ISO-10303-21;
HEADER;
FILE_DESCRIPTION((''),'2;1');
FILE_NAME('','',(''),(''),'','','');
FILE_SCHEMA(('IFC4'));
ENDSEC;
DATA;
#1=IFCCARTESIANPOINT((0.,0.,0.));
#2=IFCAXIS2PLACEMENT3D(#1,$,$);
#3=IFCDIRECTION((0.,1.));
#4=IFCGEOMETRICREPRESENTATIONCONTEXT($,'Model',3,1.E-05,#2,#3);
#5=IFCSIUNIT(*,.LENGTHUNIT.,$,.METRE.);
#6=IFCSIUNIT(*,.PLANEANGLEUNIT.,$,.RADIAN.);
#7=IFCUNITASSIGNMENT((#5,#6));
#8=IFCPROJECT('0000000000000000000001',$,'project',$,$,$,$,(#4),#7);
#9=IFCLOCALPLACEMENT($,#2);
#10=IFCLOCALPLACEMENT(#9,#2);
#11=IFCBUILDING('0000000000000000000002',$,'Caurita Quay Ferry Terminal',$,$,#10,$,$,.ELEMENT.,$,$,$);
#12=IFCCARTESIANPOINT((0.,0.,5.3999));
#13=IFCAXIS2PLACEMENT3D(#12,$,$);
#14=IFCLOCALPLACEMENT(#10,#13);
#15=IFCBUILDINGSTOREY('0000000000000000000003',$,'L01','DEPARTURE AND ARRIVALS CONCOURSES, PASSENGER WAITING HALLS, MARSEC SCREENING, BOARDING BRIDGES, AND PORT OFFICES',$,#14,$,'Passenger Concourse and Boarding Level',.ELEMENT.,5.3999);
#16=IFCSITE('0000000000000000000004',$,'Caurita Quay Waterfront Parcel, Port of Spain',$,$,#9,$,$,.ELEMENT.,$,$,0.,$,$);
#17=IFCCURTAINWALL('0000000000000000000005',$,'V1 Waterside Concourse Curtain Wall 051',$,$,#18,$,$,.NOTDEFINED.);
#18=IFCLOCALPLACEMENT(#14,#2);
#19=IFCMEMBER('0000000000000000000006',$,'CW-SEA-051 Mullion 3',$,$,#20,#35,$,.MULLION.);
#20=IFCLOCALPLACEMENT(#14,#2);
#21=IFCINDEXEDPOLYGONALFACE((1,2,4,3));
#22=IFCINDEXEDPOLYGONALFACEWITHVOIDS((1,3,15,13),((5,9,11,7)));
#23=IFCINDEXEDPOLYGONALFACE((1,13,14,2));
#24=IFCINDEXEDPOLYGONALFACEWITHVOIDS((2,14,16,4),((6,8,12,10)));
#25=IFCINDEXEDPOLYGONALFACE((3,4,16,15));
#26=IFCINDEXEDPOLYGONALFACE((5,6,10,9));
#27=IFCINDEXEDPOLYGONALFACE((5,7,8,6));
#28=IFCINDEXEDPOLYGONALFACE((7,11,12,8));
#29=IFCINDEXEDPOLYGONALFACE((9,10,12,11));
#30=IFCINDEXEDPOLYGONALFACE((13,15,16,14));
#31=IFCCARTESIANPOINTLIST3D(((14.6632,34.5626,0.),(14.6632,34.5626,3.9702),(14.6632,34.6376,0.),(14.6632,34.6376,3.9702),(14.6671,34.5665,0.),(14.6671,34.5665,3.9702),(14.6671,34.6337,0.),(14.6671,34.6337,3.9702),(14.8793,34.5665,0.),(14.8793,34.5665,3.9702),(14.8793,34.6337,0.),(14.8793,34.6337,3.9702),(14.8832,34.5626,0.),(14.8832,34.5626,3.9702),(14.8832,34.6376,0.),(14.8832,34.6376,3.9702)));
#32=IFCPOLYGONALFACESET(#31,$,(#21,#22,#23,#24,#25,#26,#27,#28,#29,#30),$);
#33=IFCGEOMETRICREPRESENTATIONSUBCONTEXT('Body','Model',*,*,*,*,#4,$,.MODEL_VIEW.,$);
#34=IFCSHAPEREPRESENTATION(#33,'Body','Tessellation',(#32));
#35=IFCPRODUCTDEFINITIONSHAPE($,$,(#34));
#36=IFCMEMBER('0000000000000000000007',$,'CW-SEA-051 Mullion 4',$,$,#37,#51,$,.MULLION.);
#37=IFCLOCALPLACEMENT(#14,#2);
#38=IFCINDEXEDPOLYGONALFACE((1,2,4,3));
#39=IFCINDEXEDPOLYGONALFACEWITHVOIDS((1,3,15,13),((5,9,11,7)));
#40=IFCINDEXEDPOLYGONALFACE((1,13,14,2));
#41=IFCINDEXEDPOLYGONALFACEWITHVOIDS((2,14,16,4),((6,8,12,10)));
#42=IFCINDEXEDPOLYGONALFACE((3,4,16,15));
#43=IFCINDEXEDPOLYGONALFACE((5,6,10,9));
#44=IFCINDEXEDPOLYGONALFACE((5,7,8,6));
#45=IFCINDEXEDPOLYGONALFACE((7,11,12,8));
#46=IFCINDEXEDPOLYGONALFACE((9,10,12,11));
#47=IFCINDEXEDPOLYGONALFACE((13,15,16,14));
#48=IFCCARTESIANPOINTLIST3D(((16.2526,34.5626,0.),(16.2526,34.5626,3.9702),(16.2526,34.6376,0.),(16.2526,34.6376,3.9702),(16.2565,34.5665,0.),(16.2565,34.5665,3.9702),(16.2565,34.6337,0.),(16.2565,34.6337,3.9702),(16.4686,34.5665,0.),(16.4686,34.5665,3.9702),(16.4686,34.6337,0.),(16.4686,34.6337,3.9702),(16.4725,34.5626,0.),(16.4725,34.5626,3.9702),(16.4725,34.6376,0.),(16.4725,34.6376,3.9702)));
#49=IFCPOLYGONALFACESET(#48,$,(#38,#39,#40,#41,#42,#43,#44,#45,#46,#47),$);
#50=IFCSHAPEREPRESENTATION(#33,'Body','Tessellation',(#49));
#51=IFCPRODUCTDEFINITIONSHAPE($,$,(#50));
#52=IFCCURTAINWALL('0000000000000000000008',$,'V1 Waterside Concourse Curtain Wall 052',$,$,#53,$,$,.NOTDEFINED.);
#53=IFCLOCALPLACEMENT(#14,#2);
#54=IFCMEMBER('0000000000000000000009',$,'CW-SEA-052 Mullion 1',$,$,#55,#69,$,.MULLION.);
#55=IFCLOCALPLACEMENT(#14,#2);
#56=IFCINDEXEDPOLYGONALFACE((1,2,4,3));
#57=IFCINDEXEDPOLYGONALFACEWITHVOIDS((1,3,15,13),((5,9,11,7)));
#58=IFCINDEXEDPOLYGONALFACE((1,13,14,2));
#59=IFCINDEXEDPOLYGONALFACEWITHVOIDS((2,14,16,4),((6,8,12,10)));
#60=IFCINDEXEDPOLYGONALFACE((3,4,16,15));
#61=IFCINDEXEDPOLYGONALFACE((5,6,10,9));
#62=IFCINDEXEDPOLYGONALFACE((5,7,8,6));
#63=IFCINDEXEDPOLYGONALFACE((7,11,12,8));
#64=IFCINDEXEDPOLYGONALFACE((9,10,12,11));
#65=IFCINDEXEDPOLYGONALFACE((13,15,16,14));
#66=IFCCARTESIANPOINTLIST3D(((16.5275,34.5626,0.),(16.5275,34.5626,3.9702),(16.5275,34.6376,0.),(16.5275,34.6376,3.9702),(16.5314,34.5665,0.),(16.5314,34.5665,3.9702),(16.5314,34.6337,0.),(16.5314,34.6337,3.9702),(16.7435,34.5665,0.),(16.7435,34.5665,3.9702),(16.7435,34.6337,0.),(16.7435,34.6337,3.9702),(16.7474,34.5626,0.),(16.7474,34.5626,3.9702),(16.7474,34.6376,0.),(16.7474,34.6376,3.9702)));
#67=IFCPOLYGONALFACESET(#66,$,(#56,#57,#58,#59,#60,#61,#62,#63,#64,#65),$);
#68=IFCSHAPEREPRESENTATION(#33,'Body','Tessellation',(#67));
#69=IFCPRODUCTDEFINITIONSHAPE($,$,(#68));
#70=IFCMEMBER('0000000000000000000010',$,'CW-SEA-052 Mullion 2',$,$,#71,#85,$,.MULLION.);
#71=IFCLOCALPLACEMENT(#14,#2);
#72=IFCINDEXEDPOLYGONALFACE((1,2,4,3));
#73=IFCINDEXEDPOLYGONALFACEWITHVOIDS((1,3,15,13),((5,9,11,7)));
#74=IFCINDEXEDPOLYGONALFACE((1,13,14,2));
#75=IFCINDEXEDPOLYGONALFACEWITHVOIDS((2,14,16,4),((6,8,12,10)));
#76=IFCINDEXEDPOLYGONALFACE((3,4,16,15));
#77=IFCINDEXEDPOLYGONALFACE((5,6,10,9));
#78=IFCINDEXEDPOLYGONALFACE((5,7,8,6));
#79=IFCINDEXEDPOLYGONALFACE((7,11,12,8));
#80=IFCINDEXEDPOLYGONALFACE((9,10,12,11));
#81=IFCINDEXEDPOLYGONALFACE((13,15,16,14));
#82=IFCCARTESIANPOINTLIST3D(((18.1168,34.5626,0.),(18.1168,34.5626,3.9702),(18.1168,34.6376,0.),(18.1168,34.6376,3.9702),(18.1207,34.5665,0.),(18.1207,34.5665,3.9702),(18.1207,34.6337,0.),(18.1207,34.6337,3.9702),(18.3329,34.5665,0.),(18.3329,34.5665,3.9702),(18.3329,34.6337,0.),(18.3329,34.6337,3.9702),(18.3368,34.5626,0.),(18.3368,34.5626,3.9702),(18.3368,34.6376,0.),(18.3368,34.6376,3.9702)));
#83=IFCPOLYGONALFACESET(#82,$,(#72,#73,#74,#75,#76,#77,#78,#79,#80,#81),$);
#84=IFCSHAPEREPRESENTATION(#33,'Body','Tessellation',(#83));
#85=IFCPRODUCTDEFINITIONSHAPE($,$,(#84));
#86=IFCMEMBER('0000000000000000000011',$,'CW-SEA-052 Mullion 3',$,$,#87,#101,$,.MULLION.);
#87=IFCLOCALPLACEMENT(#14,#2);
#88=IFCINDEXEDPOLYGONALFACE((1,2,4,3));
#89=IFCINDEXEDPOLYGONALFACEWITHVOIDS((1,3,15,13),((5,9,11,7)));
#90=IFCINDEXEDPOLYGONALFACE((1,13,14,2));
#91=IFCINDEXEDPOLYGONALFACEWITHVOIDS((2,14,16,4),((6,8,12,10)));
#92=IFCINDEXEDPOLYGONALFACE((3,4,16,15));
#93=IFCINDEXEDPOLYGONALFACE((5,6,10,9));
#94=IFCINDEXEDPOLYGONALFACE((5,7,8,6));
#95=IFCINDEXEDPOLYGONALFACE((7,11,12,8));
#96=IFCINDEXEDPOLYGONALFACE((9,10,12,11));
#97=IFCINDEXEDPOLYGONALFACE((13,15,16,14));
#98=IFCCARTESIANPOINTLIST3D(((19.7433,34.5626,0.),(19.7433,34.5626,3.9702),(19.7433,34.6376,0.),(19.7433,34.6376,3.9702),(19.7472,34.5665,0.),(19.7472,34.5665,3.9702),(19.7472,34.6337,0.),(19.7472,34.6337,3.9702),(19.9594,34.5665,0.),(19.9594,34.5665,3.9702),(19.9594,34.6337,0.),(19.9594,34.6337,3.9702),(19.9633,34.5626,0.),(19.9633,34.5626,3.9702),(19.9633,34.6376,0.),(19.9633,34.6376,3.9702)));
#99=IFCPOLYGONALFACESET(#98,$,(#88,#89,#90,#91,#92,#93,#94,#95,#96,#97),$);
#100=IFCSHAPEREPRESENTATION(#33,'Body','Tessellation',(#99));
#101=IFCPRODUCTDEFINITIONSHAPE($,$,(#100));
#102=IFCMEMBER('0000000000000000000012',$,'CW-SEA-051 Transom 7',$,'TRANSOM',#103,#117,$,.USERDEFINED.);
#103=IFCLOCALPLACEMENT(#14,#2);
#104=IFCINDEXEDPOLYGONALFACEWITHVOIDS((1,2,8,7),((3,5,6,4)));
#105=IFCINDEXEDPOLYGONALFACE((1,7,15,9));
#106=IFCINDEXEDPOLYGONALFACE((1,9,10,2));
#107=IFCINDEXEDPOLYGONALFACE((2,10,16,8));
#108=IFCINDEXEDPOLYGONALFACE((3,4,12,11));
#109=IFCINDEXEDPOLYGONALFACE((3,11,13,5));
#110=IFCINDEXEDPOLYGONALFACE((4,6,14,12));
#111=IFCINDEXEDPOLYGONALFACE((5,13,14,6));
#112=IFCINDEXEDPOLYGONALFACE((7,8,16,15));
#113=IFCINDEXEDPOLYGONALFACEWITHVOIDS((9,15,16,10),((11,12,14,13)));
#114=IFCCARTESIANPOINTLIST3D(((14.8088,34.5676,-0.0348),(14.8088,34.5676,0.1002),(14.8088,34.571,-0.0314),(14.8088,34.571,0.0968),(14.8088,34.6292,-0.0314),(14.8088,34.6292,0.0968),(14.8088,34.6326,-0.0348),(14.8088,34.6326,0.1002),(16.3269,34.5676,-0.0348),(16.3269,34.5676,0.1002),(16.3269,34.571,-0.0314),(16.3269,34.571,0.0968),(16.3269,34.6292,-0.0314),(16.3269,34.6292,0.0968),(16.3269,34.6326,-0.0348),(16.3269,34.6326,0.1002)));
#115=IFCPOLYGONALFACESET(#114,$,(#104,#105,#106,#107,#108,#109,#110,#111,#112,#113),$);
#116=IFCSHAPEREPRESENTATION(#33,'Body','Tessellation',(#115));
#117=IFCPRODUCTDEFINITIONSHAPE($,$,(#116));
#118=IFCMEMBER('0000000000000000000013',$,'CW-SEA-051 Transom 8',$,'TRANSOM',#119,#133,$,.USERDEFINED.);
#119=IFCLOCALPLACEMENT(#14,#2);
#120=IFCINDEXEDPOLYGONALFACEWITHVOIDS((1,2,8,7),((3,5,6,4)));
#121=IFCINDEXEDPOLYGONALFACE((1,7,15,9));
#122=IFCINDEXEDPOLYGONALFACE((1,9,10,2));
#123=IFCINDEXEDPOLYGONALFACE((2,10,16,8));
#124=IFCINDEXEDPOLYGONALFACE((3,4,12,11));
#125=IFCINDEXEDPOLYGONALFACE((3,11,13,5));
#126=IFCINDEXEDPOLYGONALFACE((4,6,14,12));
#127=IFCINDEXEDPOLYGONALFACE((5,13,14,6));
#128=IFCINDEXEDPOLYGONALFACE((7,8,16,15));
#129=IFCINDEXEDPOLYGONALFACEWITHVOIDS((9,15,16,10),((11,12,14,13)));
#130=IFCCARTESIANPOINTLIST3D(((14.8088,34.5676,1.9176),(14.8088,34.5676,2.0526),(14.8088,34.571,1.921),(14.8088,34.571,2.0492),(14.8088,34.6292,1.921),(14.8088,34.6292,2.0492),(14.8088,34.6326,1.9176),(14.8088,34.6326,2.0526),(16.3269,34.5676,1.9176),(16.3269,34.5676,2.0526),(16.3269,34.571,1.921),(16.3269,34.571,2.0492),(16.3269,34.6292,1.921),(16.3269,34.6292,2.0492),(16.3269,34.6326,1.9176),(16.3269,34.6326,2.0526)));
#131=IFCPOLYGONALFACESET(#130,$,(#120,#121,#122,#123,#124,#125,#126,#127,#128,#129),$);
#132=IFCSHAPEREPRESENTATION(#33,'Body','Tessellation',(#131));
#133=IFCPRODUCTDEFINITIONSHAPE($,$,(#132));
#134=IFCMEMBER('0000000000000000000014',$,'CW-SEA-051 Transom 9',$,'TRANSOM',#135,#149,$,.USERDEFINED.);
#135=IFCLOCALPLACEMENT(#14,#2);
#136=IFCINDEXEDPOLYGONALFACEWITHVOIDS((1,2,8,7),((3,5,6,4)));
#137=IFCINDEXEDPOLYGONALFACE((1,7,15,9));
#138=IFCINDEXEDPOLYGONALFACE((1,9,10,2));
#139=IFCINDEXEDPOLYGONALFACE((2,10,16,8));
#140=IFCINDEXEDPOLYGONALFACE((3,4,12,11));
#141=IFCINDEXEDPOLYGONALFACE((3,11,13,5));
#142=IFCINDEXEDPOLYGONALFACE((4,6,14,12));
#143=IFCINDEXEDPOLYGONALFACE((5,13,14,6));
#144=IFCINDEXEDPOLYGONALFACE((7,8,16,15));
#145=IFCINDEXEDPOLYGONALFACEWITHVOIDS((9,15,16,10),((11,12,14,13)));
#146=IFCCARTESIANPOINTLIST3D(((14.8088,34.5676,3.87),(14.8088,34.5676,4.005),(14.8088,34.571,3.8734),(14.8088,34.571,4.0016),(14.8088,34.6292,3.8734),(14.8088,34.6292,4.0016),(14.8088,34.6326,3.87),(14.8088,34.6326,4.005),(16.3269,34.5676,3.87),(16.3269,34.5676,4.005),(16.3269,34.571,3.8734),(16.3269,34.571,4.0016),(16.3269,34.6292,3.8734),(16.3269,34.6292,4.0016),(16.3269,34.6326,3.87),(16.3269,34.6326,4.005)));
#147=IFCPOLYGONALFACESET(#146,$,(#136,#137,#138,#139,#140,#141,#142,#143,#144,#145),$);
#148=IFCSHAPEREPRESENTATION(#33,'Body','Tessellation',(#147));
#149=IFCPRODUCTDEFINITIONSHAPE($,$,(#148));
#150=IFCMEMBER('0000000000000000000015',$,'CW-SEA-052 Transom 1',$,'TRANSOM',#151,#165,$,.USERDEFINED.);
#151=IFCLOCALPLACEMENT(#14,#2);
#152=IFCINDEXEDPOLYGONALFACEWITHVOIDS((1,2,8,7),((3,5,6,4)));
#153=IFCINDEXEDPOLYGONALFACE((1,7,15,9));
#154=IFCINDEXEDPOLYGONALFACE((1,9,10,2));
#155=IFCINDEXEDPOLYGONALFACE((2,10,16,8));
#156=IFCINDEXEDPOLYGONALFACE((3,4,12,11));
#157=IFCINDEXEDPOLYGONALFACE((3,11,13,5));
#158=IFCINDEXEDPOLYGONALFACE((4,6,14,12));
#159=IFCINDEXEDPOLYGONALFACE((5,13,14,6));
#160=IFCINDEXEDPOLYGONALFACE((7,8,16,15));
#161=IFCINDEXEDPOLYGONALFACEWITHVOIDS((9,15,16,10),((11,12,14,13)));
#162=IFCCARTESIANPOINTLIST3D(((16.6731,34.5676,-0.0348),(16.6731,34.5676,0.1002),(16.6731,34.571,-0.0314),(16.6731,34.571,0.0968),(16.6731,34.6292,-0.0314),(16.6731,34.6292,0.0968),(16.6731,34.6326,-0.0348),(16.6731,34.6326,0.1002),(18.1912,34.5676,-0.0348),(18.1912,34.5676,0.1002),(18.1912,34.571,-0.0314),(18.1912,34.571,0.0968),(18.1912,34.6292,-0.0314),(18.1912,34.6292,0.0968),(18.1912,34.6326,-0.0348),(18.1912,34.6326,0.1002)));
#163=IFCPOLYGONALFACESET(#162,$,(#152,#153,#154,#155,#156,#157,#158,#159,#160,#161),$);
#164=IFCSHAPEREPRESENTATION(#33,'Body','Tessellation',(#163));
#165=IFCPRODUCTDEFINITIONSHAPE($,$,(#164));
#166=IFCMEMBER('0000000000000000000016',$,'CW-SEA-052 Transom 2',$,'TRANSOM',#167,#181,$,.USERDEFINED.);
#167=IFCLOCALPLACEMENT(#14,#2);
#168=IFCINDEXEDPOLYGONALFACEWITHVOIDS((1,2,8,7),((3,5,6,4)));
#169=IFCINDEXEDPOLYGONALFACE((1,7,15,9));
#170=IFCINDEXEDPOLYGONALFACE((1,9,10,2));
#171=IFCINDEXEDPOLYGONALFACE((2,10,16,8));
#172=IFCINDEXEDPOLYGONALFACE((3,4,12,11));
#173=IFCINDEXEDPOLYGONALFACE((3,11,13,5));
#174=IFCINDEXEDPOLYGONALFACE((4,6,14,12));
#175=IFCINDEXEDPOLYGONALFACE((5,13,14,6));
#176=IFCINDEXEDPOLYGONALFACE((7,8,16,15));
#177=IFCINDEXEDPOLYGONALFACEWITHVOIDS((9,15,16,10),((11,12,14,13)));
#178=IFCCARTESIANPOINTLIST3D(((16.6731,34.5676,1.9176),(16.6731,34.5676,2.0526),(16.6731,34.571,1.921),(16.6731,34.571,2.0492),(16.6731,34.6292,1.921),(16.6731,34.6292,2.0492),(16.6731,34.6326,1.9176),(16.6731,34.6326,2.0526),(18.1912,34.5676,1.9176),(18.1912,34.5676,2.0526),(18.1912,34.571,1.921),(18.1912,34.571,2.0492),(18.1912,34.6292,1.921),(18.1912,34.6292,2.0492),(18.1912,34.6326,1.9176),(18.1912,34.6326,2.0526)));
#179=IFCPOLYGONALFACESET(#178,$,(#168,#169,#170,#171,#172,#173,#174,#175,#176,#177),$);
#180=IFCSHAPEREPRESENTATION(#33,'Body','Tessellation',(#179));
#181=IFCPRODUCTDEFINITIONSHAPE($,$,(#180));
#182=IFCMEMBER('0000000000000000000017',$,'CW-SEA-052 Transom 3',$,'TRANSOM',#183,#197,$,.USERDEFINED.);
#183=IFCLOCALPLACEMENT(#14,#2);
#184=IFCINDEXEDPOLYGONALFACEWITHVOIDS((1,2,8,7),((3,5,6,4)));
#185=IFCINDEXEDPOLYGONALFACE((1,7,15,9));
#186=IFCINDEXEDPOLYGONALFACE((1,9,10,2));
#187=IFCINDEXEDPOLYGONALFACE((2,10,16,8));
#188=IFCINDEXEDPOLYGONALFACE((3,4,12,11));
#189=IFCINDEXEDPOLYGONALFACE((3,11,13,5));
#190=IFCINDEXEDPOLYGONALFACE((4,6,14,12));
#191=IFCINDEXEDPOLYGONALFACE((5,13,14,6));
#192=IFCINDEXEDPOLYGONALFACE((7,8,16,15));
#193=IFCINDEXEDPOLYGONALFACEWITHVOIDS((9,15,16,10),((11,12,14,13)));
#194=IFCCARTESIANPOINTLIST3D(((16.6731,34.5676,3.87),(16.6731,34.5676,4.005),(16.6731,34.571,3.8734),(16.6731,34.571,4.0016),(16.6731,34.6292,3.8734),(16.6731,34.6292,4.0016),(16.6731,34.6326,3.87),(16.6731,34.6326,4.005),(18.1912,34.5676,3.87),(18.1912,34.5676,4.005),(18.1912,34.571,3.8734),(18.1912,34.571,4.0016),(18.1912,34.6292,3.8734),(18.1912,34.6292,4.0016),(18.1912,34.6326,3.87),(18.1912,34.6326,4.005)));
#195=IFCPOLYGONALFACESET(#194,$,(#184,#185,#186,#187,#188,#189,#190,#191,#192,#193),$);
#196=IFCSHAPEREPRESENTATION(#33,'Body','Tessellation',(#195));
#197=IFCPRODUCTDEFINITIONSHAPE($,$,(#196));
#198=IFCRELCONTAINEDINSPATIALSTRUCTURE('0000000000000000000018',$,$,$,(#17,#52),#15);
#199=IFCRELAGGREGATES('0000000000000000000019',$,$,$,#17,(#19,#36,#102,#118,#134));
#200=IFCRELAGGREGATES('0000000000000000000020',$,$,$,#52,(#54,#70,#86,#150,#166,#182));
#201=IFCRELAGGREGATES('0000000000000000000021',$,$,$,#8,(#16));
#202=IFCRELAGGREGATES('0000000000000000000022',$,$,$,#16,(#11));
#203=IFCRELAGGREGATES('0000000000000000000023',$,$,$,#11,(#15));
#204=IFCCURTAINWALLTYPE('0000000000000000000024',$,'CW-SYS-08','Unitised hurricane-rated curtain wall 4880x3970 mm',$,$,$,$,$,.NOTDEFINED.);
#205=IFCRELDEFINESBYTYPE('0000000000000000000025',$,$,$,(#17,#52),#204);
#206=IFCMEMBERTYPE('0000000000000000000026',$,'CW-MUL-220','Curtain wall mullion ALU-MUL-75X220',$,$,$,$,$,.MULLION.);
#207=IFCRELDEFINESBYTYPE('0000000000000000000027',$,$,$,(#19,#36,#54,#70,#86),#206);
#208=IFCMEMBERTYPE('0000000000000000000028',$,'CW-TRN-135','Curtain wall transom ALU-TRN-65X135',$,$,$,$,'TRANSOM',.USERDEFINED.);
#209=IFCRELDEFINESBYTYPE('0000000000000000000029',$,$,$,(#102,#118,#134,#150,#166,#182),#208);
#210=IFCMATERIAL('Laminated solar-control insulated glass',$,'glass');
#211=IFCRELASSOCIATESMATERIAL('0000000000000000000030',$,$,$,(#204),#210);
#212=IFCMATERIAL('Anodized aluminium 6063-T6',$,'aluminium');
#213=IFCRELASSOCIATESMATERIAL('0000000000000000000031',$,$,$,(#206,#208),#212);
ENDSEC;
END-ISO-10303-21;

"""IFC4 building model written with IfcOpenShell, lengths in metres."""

from ifc_helpers import new_model, si_unit, direction, frame, origin, origin_2d, place, context, subcontext, project, spatial, hollow_rectangle, extrude, material, material_profile, profile_set, type_object, element, aggregate, save


model = new_model("IFC4")

# Units and contexts
model_context = context("Model", 3, precision=1e-05, world=origin(), true_north=direction((0.0, 1.0)))
body_context = subcontext(model_context, "Body", "Model", "MODEL_VIEW")
ifc_project = project(units=[si_unit("LENGTHUNIT", "METRE"), si_unit("PLANEANGLEUNIT", "RADIAN")], contexts=[model_context])

# Site, building, storey
site_placement = place(None, origin())
site = spatial("IfcSite", under=ifc_project, at=site_placement, Name="Caurita Quay Waterfront Parcel, Port of Spain", CompositionType="ELEMENT", RefElevation=0.0)
building_placement = place(site_placement, origin())
building = spatial("IfcBuilding", under=site, at=building_placement, Name="Caurita Quay Ferry Terminal", CompositionType="ELEMENT")
storey_placement = place(building_placement, frame((0.0, 0.0, 5.3999)))
storey = spatial("IfcBuildingStorey", under=building, at=storey_placement, Name="L01", Description="DEPARTURE AND ARRIVALS CONCOURSES, PASSENGER WAITING HALLS, MARSEC SCREENING, BOARDING BRIDGES, AND PORT OFFICES", LongName="Passenger Concourse and Boarding Level", CompositionType="ELEMENT", Elevation=5.3999)

# Curtain walls, members
ifc_material_1 = material(Name="Laminated solar-control insulated glass", Category="glass")
curtain_wall_type = type_object("IfcCurtainWallType", Name="CW-SYS-08", Description="Unitised hurricane-rated curtain wall 4880x3970 mm", PredefinedType="NOTDEFINED", material=ifc_material_1)
curtain_wall_1_placement = place(storey_placement, origin())
curtain_wall_1 = element("IfcCurtainWall", 1, at=curtain_wall_1_placement, inside=storey, type_object=curtain_wall_type, Name="V1 Waterside Concourse Curtain Wall 051", PredefinedType="NOTDEFINED")
ifc_material_2 = material(Name="Anodized aluminium 6063-T6", Category="aluminium")
ifc_material_profile_1 = material_profile(ifc_material_2, hollow_rectangle(XDim=0.075, YDim=0.22, WallThickness=0.0039, at=origin_2d()), Name="ALU-MUL-75X220")
ifc_profile_set_1 = profile_set([ifc_material_profile_1], Name="Anodized aluminium 6063-T6")
member_type_1 = type_object("IfcMemberType", Name="CW-MUL-220", Description="Curtain wall mullion ALU-MUL-75X220", PredefinedType="MULLION", material=ifc_profile_set_1)
member_1_placement = place(storey_placement, frame((14.7732, 34.6001, 0.0), z_axis=(0.0, 0.0, 1.0), x_axis=(0.0, 1.0, 0.0)))
member_1 = element("IfcMember", 2, at=member_1_placement, type_object=member_type_1, Name="CW-SEA-051 Mullion 3", PredefinedType="MULLION", context=body_context, shape_type="SweptSolid", body=[
    extrude(hollow_rectangle(XDim=0.075, YDim=0.22, WallThickness=0.0039, at=origin_2d()), origin(), (0.0, 0.0, 1.0), 3.9702),
])
member_2_placement = place(storey_placement, frame((16.3625, 34.6001, 0.0), z_axis=(0.0, 0.0, 1.0), x_axis=(0.0, 1.0, 0.0)))
member_2 = element("IfcMember", 3, at=member_2_placement, type_object=member_type_1, Name="CW-SEA-051 Mullion 4", PredefinedType="MULLION", context=body_context, shape_type="SweptSolid", body=[
    extrude(hollow_rectangle(XDim=0.075, YDim=0.22, WallThickness=0.0039, at=origin_2d()), origin(), (0.0, 0.0, 1.0), 3.9702),
])
curtain_wall_2_placement = place(storey_placement, origin())
curtain_wall_2 = element("IfcCurtainWall", 4, at=curtain_wall_2_placement, inside=storey, type_object=curtain_wall_type, Name="V1 Waterside Concourse Curtain Wall 052", PredefinedType="NOTDEFINED")
member_3_placement = place(storey_placement, frame((16.6375, 34.6001, 0.0), z_axis=(0.0, 0.0, 1.0), x_axis=(0.0, 1.0, 0.0)))
member_3 = element("IfcMember", 5, at=member_3_placement, type_object=member_type_1, Name="CW-SEA-052 Mullion 1", PredefinedType="MULLION", context=body_context, shape_type="SweptSolid", body=[
    extrude(hollow_rectangle(XDim=0.075, YDim=0.22, WallThickness=0.0039, at=origin_2d()), origin(), (0.0, 0.0, 1.0), 3.9702),
])
member_4_placement = place(storey_placement, frame((18.2268, 34.6001, 0.0), z_axis=(0.0, 0.0, 1.0), x_axis=(0.0, 1.0, 0.0)))
member_4 = element("IfcMember", 6, at=member_4_placement, type_object=member_type_1, Name="CW-SEA-052 Mullion 2", PredefinedType="MULLION", context=body_context, shape_type="SweptSolid", body=[
    extrude(hollow_rectangle(XDim=0.075, YDim=0.22, WallThickness=0.0039, at=origin_2d()), origin(), (0.0, 0.0, 1.0), 3.9702),
])
member_5_placement = place(storey_placement, frame((19.8533, 34.6001, 0.0), z_axis=(0.0, 0.0, 1.0), x_axis=(0.0, 1.0, 0.0)))
member_5 = element("IfcMember", 7, at=member_5_placement, type_object=member_type_1, Name="CW-SEA-052 Mullion 3", PredefinedType="MULLION", context=body_context, shape_type="SweptSolid", body=[
    extrude(hollow_rectangle(XDim=0.075, YDim=0.22, WallThickness=0.0039, at=origin_2d()), origin(), (0.0, 0.0, 1.0), 3.9702),
])

# Members
ifc_material_profile_2 = material_profile(ifc_material_2, hollow_rectangle(XDim=0.0649, YDim=0.135, WallThickness=0.0034, at=origin_2d()), Name="ALU-TRN-65X135")
ifc_profile_set_2 = profile_set([ifc_material_profile_2], Name="Anodized aluminium 6063-T6")
member_type_2 = type_object("IfcMemberType", Name="CW-TRN-135", Description="Curtain wall transom ALU-TRN-65X135", ElementType="TRANSOM", PredefinedType="USERDEFINED", material=ifc_profile_set_2)
member_6_placement = place(storey_placement, frame((14.8088, 34.6001, 0.0327), z_axis=(1.0, 0.0, 0.0), x_axis=(0.0, 1.0, 0.0)))
member_6 = element("IfcMember", 8, at=member_6_placement, type_object=member_type_2, Name="CW-SEA-051 Transom 7", ObjectType="TRANSOM", PredefinedType="USERDEFINED", context=body_context, shape_type="SweptSolid", body=[
    extrude(hollow_rectangle(XDim=0.0649, YDim=0.135, WallThickness=0.0034, at=origin_2d()), origin(), (0.0, 0.0, 1.0), 1.5181),
])
member_7_placement = place(storey_placement, frame((14.8088, 34.6001, 1.9851), z_axis=(1.0, 0.0, 0.0), x_axis=(0.0, 1.0, 0.0)))
member_7 = element("IfcMember", 9, at=member_7_placement, type_object=member_type_2, Name="CW-SEA-051 Transom 8", ObjectType="TRANSOM", PredefinedType="USERDEFINED", context=body_context, shape_type="SweptSolid", body=[
    extrude(hollow_rectangle(XDim=0.0649, YDim=0.135, WallThickness=0.0034, at=origin_2d()), origin(), (0.0, 0.0, 1.0), 1.5181),
])
member_8_placement = place(storey_placement, frame((14.8088, 34.6001, 3.9375), z_axis=(1.0, 0.0, 0.0), x_axis=(0.0, 1.0, 0.0)))
member_8 = element("IfcMember", 10, at=member_8_placement, type_object=member_type_2, Name="CW-SEA-051 Transom 9", ObjectType="TRANSOM", PredefinedType="USERDEFINED", context=body_context, shape_type="SweptSolid", body=[
    extrude(hollow_rectangle(XDim=0.0649, YDim=0.135, WallThickness=0.0034, at=origin_2d()), origin(), (0.0, 0.0, 1.0), 1.5181),
])
member_9_placement = place(storey_placement, frame((16.6731, 34.6001, 0.0327), z_axis=(1.0, 0.0, 0.0), x_axis=(0.0, 1.0, 0.0)))
member_9 = element("IfcMember", 11, at=member_9_placement, type_object=member_type_2, Name="CW-SEA-052 Transom 1", ObjectType="TRANSOM", PredefinedType="USERDEFINED", context=body_context, shape_type="SweptSolid", body=[
    extrude(hollow_rectangle(XDim=0.0649, YDim=0.135, WallThickness=0.0034, at=origin_2d()), origin(), (0.0, 0.0, 1.0), 1.5181),
])
member_10_placement = place(storey_placement, frame((16.6731, 34.6001, 1.9851), z_axis=(1.0, 0.0, 0.0), x_axis=(0.0, 1.0, 0.0)))
member_10 = element("IfcMember", 12, at=member_10_placement, type_object=member_type_2, Name="CW-SEA-052 Transom 2", ObjectType="TRANSOM", PredefinedType="USERDEFINED", context=body_context, shape_type="SweptSolid", body=[
    extrude(hollow_rectangle(XDim=0.0649, YDim=0.135, WallThickness=0.0034, at=origin_2d()), origin(), (0.0, 0.0, 1.0), 1.5181),
])
member_11_placement = place(storey_placement, frame((16.6731, 34.6001, 3.9375), z_axis=(1.0, 0.0, 0.0), x_axis=(0.0, 1.0, 0.0)))
member_11 = element("IfcMember", 13, at=member_11_placement, type_object=member_type_2, Name="CW-SEA-052 Transom 3", ObjectType="TRANSOM", PredefinedType="USERDEFINED", context=body_context, shape_type="SweptSolid", body=[
    extrude(hollow_rectangle(XDim=0.0649, YDim=0.135, WallThickness=0.0034, at=origin_2d()), origin(), (0.0, 0.0, 1.0), 1.5181),
])

aggregate(curtain_wall_1, [member_1, member_2, member_6, member_7, member_8])
aggregate(curtain_wall_2, [member_3, member_4, member_5, member_9, member_10, member_11])

save(model, "model.ifc")
